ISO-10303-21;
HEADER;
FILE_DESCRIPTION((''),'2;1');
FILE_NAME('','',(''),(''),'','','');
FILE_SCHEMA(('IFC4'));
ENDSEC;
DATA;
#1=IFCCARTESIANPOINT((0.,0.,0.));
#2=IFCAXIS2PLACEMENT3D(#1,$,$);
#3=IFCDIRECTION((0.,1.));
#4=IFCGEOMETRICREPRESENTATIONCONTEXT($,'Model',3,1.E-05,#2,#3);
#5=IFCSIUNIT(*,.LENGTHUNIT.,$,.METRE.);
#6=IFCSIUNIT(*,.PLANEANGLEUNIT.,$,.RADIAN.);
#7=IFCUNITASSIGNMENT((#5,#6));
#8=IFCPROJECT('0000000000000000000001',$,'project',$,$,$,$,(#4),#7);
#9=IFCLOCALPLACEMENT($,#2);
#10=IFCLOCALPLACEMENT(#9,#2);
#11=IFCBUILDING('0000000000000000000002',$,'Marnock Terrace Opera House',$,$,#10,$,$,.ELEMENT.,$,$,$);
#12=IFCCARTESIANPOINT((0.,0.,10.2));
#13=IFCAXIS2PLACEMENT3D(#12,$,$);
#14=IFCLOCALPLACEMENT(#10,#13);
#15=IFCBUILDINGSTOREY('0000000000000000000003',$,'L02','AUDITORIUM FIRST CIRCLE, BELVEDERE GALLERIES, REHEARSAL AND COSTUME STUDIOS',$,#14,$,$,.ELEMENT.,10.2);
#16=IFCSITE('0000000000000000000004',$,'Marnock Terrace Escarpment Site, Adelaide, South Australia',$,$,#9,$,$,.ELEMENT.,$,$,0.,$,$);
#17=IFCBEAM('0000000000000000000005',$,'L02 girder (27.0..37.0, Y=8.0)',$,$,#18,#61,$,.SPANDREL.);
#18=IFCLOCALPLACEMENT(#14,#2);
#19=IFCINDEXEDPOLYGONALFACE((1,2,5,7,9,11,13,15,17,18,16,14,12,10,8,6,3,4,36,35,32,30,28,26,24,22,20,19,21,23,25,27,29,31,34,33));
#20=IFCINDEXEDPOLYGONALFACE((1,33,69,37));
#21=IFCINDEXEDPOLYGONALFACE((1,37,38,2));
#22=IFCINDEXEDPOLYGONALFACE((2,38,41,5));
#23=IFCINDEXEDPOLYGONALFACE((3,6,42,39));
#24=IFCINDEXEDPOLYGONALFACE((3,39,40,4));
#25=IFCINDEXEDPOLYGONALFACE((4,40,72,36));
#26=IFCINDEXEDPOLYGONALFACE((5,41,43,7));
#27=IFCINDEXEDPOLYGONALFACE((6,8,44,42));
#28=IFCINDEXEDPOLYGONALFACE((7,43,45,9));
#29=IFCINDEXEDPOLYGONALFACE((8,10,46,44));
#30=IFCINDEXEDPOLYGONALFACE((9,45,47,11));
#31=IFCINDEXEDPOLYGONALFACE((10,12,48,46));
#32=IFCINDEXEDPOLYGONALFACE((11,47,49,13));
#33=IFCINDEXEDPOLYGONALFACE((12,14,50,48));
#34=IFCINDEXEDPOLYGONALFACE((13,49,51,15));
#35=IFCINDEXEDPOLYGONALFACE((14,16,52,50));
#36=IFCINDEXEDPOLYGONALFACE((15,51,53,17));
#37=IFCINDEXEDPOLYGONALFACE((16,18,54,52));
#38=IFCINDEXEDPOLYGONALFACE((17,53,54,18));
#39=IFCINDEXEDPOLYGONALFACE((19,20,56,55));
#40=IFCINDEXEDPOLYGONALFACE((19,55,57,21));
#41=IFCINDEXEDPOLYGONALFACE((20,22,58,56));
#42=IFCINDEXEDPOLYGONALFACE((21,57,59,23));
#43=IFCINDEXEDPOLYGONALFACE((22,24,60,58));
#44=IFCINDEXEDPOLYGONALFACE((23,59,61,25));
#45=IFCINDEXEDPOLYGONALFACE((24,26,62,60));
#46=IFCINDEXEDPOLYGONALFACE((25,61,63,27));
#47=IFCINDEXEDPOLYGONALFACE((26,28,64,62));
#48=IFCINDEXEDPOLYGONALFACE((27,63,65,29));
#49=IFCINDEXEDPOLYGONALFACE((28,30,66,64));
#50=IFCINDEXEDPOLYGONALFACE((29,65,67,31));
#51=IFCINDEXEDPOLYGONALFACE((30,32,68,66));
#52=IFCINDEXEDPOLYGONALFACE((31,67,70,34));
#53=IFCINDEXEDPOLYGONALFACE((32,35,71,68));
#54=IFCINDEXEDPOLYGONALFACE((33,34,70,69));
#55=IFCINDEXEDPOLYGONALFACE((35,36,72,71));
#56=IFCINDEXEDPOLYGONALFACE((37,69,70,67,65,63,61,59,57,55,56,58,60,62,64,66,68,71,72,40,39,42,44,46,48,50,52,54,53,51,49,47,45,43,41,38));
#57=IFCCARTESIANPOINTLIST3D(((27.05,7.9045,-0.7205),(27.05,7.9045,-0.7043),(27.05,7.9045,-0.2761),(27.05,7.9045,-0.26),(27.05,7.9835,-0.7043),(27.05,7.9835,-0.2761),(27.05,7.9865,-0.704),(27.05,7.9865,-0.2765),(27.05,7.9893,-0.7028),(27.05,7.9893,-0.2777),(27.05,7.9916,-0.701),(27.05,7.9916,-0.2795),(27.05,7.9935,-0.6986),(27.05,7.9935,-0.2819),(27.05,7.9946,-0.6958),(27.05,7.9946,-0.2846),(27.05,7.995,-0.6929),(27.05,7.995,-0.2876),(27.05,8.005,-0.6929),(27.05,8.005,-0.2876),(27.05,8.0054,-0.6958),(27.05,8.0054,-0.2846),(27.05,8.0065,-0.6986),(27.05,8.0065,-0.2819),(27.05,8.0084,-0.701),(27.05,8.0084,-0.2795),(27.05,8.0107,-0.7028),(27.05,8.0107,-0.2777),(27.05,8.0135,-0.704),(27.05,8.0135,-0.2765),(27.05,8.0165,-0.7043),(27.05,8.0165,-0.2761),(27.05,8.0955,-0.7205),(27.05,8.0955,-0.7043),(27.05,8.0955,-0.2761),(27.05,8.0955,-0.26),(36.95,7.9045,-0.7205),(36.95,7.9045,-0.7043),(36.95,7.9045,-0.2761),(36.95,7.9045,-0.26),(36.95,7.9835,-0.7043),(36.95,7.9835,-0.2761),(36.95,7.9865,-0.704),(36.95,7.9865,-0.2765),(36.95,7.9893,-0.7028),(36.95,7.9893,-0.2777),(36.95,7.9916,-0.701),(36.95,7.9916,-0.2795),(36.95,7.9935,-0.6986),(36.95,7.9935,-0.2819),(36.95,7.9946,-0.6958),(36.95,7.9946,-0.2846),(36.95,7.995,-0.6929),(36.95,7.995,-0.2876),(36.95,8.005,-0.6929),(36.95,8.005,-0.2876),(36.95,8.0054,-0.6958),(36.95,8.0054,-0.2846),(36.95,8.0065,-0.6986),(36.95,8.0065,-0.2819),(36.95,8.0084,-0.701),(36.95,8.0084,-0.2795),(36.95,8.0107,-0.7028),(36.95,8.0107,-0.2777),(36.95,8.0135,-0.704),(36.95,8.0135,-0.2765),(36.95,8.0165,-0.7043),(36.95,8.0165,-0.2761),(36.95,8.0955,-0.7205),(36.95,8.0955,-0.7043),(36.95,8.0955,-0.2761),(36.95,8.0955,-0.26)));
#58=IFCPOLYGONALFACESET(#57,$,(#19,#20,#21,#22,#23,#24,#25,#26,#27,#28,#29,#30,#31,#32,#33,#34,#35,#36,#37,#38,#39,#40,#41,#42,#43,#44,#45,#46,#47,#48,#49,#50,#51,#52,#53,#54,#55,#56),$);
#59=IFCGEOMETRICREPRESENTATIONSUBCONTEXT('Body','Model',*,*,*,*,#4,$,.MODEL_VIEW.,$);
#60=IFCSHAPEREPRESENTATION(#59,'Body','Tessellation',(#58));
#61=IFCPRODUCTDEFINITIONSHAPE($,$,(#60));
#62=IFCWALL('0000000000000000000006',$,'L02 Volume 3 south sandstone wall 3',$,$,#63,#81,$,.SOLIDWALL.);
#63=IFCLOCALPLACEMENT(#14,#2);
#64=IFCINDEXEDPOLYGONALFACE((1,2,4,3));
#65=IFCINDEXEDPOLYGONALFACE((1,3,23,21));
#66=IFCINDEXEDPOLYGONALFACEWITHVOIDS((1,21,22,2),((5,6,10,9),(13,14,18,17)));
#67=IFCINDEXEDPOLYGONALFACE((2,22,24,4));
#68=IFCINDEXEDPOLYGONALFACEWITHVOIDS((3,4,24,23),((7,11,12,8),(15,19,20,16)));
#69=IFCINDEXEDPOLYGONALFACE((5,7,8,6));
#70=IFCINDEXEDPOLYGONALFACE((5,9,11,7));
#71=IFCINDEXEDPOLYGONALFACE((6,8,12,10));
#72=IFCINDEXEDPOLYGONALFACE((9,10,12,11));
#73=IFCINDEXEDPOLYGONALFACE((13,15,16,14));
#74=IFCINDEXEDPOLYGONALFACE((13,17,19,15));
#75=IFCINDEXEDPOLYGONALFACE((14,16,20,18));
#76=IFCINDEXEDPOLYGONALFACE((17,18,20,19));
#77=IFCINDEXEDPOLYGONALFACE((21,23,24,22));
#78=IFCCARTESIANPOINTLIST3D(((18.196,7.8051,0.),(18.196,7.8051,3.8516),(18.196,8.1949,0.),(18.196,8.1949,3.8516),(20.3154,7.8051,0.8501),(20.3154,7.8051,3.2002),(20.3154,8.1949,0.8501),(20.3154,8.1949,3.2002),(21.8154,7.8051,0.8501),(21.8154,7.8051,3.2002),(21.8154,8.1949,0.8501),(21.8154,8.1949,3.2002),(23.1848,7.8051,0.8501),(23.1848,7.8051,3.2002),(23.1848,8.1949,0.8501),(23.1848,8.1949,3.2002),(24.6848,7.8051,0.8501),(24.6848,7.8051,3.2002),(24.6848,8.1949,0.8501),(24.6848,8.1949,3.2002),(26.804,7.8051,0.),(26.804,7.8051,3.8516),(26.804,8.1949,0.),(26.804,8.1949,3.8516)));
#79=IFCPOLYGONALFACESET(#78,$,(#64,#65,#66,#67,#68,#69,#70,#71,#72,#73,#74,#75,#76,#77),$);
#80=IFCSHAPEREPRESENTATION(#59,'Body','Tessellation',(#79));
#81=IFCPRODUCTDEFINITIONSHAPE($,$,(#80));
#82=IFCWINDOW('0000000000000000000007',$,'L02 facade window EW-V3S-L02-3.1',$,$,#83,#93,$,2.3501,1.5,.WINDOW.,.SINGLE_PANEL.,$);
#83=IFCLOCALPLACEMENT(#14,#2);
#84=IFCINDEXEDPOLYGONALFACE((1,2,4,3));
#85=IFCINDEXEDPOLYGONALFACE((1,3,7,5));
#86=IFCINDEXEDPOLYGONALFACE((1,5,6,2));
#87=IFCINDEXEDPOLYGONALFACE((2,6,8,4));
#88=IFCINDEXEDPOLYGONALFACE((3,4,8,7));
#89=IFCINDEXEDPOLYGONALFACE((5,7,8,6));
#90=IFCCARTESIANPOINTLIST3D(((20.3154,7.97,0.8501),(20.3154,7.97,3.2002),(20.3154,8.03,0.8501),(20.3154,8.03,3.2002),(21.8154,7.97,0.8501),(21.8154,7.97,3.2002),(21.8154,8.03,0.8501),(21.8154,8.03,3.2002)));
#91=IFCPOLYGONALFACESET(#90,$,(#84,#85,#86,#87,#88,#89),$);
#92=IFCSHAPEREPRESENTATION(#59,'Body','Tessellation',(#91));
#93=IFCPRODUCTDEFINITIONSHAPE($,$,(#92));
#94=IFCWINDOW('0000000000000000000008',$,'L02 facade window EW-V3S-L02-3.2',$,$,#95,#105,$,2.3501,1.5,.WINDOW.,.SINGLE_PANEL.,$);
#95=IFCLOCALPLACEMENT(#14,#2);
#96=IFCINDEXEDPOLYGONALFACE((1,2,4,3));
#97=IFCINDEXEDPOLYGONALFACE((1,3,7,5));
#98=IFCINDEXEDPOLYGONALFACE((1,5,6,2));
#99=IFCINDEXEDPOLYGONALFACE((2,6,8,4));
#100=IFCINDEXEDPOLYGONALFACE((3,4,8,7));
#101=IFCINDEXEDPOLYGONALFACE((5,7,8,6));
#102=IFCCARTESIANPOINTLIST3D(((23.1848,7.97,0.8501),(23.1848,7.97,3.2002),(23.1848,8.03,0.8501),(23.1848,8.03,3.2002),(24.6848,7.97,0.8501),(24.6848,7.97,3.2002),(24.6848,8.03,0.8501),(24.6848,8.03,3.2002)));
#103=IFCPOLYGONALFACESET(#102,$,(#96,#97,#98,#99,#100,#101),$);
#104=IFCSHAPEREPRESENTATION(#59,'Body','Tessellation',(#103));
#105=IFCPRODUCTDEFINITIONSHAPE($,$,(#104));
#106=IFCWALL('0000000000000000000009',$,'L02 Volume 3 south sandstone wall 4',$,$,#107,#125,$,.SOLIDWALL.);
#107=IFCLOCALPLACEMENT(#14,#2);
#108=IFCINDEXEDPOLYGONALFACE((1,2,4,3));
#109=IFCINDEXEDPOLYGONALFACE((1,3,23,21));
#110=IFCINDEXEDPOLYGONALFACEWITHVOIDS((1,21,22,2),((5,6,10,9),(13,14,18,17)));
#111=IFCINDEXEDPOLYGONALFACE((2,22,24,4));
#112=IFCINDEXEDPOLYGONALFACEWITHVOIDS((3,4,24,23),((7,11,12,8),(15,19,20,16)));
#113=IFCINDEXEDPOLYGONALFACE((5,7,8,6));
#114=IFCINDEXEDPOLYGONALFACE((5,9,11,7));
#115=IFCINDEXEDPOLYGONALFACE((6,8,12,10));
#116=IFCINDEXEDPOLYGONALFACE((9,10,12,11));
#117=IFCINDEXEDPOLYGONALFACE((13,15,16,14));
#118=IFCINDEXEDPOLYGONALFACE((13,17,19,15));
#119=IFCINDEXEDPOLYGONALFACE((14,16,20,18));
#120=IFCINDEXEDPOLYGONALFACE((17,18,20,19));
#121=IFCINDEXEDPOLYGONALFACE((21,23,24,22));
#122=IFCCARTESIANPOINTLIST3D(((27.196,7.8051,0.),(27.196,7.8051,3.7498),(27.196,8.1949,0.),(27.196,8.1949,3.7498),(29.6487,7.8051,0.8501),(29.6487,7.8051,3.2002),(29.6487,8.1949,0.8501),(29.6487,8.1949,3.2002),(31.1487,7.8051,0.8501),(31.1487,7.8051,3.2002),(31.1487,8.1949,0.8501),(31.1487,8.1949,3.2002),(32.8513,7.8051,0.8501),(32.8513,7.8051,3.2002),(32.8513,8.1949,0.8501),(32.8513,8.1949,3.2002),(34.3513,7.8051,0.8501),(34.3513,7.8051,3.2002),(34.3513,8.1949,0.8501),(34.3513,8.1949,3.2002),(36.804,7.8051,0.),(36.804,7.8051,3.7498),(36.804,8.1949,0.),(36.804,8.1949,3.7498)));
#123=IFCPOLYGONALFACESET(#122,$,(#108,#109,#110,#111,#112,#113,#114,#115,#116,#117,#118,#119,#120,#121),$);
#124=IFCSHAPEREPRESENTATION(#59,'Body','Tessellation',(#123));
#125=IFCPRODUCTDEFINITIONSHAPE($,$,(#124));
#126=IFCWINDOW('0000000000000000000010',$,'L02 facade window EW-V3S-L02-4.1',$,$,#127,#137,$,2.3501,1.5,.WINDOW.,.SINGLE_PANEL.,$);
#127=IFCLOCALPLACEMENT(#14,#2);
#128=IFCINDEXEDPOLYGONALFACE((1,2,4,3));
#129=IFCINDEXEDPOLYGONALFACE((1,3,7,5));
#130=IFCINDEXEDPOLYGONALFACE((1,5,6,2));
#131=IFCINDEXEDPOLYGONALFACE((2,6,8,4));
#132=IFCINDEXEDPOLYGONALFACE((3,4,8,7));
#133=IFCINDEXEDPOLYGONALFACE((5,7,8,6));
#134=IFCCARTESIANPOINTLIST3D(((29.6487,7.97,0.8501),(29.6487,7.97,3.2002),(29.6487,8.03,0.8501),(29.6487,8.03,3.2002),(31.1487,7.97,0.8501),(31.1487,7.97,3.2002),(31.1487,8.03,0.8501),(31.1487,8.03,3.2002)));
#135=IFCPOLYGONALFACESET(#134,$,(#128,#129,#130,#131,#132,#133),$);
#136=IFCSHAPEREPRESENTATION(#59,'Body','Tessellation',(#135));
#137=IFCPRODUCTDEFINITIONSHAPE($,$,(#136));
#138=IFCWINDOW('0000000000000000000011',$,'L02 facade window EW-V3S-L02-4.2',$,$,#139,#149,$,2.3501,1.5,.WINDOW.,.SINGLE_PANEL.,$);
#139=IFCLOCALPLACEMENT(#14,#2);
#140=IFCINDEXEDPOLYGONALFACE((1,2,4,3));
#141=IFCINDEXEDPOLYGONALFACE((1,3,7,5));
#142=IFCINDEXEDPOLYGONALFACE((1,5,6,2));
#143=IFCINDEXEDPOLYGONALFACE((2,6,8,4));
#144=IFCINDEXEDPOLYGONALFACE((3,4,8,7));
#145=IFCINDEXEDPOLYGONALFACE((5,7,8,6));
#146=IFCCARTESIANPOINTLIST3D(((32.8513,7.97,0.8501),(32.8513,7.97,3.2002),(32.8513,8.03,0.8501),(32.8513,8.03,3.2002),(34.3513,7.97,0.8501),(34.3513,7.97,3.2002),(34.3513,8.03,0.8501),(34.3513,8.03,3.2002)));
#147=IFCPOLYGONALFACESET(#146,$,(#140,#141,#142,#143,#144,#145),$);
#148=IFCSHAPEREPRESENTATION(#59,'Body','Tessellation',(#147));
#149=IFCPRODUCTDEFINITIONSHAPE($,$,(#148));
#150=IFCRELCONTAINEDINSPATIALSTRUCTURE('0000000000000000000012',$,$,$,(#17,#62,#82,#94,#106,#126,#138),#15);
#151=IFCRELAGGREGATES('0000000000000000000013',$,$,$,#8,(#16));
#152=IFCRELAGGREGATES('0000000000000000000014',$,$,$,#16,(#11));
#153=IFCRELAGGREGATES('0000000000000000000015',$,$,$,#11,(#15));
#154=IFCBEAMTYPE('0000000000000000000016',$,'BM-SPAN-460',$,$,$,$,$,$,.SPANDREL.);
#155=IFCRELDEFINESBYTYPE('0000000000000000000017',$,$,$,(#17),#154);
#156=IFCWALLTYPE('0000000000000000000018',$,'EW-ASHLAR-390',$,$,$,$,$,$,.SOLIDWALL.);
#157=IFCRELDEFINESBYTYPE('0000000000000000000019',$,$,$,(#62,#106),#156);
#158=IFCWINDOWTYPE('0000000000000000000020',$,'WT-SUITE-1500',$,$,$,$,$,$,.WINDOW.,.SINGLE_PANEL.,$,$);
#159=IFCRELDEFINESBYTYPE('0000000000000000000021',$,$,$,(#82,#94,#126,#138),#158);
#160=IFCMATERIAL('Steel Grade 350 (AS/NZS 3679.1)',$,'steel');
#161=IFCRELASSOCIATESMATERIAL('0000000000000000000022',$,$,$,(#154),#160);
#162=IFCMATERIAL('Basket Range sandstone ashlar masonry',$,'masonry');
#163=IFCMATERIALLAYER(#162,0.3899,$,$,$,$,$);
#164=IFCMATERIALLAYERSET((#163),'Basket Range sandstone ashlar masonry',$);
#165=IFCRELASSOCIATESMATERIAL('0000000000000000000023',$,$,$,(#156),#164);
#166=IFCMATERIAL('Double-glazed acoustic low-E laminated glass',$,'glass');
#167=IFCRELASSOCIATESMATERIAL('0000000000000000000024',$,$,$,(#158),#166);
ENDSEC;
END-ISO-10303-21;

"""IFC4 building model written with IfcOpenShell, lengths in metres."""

from ifc_helpers import new_model, si_unit, direction, frame, frame_2d, origin, origin_2d, place, context, subcontext, project, spatial, rectangle, i_section, extrude, material, layer, layer_set, material_profile, profile_set, type_object, element, fill, save


model = new_model("IFC4")

# Units and contexts
model_context = context("Model", 3, precision=1e-05, world=origin(), true_north=direction((0.0, 1.0)))
body_context = subcontext(model_context, "Body", "Model", "MODEL_VIEW")
ifc_project = project(units=[si_unit("LENGTHUNIT", "METRE"), si_unit("PLANEANGLEUNIT", "RADIAN")], contexts=[model_context])

# Site, building, storey
site_placement = place(None, origin())
site = spatial("IfcSite", under=ifc_project, at=site_placement, Name="Marnock Terrace Escarpment Site, Adelaide, South Australia", CompositionType="ELEMENT", RefElevation=0.0)
building_placement = place(site_placement, origin())
building = spatial("IfcBuilding", under=site, at=building_placement, Name="Marnock Terrace Opera House", CompositionType="ELEMENT")
storey_placement = place(building_placement, frame((0.0, 0.0, 10.2)))
storey = spatial("IfcBuildingStorey", under=building, at=storey_placement, Name="L02", Description="AUDITORIUM FIRST CIRCLE, BELVEDERE GALLERIES, REHEARSAL AND COSTUME STUDIOS", CompositionType="ELEMENT", Elevation=10.2)

# Shared definitions
ifc_material_1 = material(Name="Steel Grade 350 (AS/NZS 3679.1)", Category="steel")

# Beam
ifc_material_profile_1 = material_profile(ifc_material_1, i_section(OverallWidth=0.1909, OverallDepth=0.4604, WebThickness=0.01, FlangeThickness=0.0161, FilletRadius=0.0115, at=origin_2d()))
ifc_profile_set_1 = profile_set([ifc_material_profile_1], Name="Steel Grade 350 (AS/NZS 3679.1)")
beam_type_1 = type_object("IfcBeamType", Name="BM-SPAN-460", PredefinedType="SPANDREL", material=ifc_profile_set_1)
beam_1_placement = place(storey_placement, frame((27.05, 8.0, -0.4902), z_axis=(1.0, 0.0, 0.0), x_axis=(0.0, 1.0, 0.0)))
element("IfcBeam", 1, at=beam_1_placement, inside=storey, type_object=beam_type_1, Name="L02 girder (27.0..37.0, Y=8.0)", PredefinedType="SPANDREL", context=body_context, shape_type="SweptSolid", body=[
    extrude(i_section(OverallWidth=0.1909, OverallDepth=0.4604, WebThickness=0.01, FlangeThickness=0.0161, FilletRadius=0.0115, at=origin_2d()), origin(), (0.0, 0.0, 1.0), 9.8999),
])

# Walls, openings, windows
ifc_material_2 = material(Name="Basket Range sandstone ashlar masonry", Category="masonry")
ifc_layer_1 = layer(ifc_material_2, 0.3899)
ifc_layer_set_1 = layer_set([ifc_layer_1], Name="Basket Range sandstone ashlar masonry")
wall_type_1 = type_object("IfcWallType", Name="EW-ASHLAR-390", PredefinedType="SOLIDWALL", material=ifc_layer_set_1)
wall_1_placement = place(storey_placement, frame((18.196, 8.0, 0.0), z_axis=(0.0, 0.0, 1.0), x_axis=(1.0, 0.0, 0.0)))
wall_1 = element("IfcWall", 2, at=wall_1_placement, inside=storey, type_object=wall_type_1, Name="L02 Volume 3 south sandstone wall 3", PredefinedType="SOLIDWALL", context=body_context, shape_type="SweptSolid", body=[
    extrude(rectangle(XDim=8.6079, YDim=0.3899, at=frame_2d((4.304, 0.0))), origin(), (0.0, 0.0, 1.0), 3.8516),
])
opening_1_placement = place(wall_1_placement, frame((2.1194, 0.0, 0.8501)))
opening_1 = element("IfcOpeningElement", 3, at=opening_1_placement, cuts=wall_1, PredefinedType="OPENING", context=body_context, shape_type="SweptSolid", body=[
    extrude(rectangle(XDim=1.5, YDim=2.3501, at=frame_2d((0.75, 1.175))), frame((0.0, 0.2048, 0.0), z_axis=(0.0, -1.0, 0.0), x_axis=(1.0, 0.0, 0.0)), (0.0, 0.0, 1.0), 0.4099),
])
opening_2_placement = place(wall_1_placement, frame((4.9888, 0.0, 0.8501)))
opening_2 = element("IfcOpeningElement", 4, at=opening_2_placement, cuts=wall_1, PredefinedType="OPENING", context=body_context, shape_type="SweptSolid", body=[
    extrude(rectangle(XDim=1.5, YDim=2.3501, at=frame_2d((0.75, 1.175))), frame((0.0, 0.2048, 0.0), z_axis=(0.0, -1.0, 0.0), x_axis=(1.0, 0.0, 0.0)), (0.0, 0.0, 1.0), 0.4099),
])
ifc_material_3 = material(Name="Double-glazed acoustic low-E laminated glass", Category="glass")
window_type = type_object("IfcWindowType", Name="WT-SUITE-1500", PartitioningType="SINGLE_PANEL", PredefinedType="WINDOW", material=ifc_material_3)
window_1_placement = place(opening_1_placement, origin())
window_1 = element("IfcWindow", 5, at=window_1_placement, inside=storey, type_object=window_type, Name="L02 facade window EW-V3S-L02-3.1", OverallHeight=2.3501, OverallWidth=1.5, PartitioningType="SINGLE_PANEL", PredefinedType="WINDOW", context=body_context, shape_type="SweptSolid", body=[
    extrude(rectangle(XDim=1.5, YDim=2.3501, at=frame_2d((0.75, 1.175))), frame((0.0, 0.03, 0.0), z_axis=(0.0, -1.0, 0.0), x_axis=(1.0, 0.0, 0.0)), (0.0, 0.0, 1.0), 0.0601),
])
fill(opening_1, window_1)
window_2_placement = place(opening_2_placement, origin())
window_2 = element("IfcWindow", 6, at=window_2_placement, inside=storey, type_object=window_type, Name="L02 facade window EW-V3S-L02-3.2", OverallHeight=2.3501, OverallWidth=1.5, PartitioningType="SINGLE_PANEL", PredefinedType="WINDOW", context=body_context, shape_type="SweptSolid", body=[
    extrude(rectangle(XDim=1.5, YDim=2.3501, at=frame_2d((0.75, 1.175))), frame((0.0, 0.03, 0.0), z_axis=(0.0, -1.0, 0.0), x_axis=(1.0, 0.0, 0.0)), (0.0, 0.0, 1.0), 0.0601),
])
fill(opening_2, window_2)
wall_2_placement = place(storey_placement, frame((27.196, 8.0, 0.0), z_axis=(0.0, 0.0, 1.0), x_axis=(1.0, 0.0, 0.0)))
wall_2 = element("IfcWall", 7, at=wall_2_placement, inside=storey, type_object=wall_type_1, Name="L02 Volume 3 south sandstone wall 4", PredefinedType="SOLIDWALL", context=body_context, shape_type="SweptSolid", body=[
    extrude(rectangle(XDim=9.6079, YDim=0.3899, at=frame_2d((4.804, 0.0))), origin(), (0.0, 0.0, 1.0), 3.7498),
])
opening_3_placement = place(wall_2_placement, frame((2.4526, 0.0, 0.8501)))
opening_3 = element("IfcOpeningElement", 8, at=opening_3_placement, cuts=wall_2, PredefinedType="OPENING", context=body_context, shape_type="SweptSolid", body=[
    extrude(rectangle(XDim=1.5, YDim=2.3501, at=frame_2d((0.75, 1.175))), frame((0.0, 0.2048, 0.0), z_axis=(0.0, -1.0, 0.0), x_axis=(1.0, 0.0, 0.0)), (0.0, 0.0, 1.0), 0.4099),
])
opening_4_placement = place(wall_2_placement, frame((5.6553, 0.0, 0.8501)))
opening_4 = element("IfcOpeningElement", 9, at=opening_4_placement, cuts=wall_2, PredefinedType="OPENING", context=body_context, shape_type="SweptSolid", body=[
    extrude(rectangle(XDim=1.5, YDim=2.3501, at=frame_2d((0.75, 1.175))), frame((0.0, 0.2048, 0.0), z_axis=(0.0, -1.0, 0.0), x_axis=(1.0, 0.0, 0.0)), (0.0, 0.0, 1.0), 0.4099),
])
window_3_placement = place(opening_3_placement, origin())
window_3 = element("IfcWindow", 10, at=window_3_placement, inside=storey, type_object=window_type, Name="L02 facade window EW-V3S-L02-4.1", OverallHeight=2.3501, OverallWidth=1.5, PartitioningType="SINGLE_PANEL", PredefinedType="WINDOW", context=body_context, shape_type="SweptSolid", body=[
    extrude(rectangle(XDim=1.5, YDim=2.3501, at=frame_2d((0.75, 1.175))), frame((0.0, 0.03, 0.0), z_axis=(0.0, -1.0, 0.0), x_axis=(1.0, 0.0, 0.0)), (0.0, 0.0, 1.0), 0.0601),
])
fill(opening_3, window_3)
window_4_placement = place(opening_4_placement, origin())
window_4 = element("IfcWindow", 11, at=window_4_placement, inside=storey, type_object=window_type, Name="L02 facade window EW-V3S-L02-4.2", OverallHeight=2.3501, OverallWidth=1.5, PartitioningType="SINGLE_PANEL", PredefinedType="WINDOW", context=body_context, shape_type="SweptSolid", body=[
    extrude(rectangle(XDim=1.5, YDim=2.3501, at=frame_2d((0.75, 1.175))), frame((0.0, 0.03, 0.0), z_axis=(0.0, -1.0, 0.0), x_axis=(1.0, 0.0, 0.0)), (0.0, 0.0, 1.0), 0.0601),
])
fill(opening_4, window_4)

save(model, "model.ifc")
